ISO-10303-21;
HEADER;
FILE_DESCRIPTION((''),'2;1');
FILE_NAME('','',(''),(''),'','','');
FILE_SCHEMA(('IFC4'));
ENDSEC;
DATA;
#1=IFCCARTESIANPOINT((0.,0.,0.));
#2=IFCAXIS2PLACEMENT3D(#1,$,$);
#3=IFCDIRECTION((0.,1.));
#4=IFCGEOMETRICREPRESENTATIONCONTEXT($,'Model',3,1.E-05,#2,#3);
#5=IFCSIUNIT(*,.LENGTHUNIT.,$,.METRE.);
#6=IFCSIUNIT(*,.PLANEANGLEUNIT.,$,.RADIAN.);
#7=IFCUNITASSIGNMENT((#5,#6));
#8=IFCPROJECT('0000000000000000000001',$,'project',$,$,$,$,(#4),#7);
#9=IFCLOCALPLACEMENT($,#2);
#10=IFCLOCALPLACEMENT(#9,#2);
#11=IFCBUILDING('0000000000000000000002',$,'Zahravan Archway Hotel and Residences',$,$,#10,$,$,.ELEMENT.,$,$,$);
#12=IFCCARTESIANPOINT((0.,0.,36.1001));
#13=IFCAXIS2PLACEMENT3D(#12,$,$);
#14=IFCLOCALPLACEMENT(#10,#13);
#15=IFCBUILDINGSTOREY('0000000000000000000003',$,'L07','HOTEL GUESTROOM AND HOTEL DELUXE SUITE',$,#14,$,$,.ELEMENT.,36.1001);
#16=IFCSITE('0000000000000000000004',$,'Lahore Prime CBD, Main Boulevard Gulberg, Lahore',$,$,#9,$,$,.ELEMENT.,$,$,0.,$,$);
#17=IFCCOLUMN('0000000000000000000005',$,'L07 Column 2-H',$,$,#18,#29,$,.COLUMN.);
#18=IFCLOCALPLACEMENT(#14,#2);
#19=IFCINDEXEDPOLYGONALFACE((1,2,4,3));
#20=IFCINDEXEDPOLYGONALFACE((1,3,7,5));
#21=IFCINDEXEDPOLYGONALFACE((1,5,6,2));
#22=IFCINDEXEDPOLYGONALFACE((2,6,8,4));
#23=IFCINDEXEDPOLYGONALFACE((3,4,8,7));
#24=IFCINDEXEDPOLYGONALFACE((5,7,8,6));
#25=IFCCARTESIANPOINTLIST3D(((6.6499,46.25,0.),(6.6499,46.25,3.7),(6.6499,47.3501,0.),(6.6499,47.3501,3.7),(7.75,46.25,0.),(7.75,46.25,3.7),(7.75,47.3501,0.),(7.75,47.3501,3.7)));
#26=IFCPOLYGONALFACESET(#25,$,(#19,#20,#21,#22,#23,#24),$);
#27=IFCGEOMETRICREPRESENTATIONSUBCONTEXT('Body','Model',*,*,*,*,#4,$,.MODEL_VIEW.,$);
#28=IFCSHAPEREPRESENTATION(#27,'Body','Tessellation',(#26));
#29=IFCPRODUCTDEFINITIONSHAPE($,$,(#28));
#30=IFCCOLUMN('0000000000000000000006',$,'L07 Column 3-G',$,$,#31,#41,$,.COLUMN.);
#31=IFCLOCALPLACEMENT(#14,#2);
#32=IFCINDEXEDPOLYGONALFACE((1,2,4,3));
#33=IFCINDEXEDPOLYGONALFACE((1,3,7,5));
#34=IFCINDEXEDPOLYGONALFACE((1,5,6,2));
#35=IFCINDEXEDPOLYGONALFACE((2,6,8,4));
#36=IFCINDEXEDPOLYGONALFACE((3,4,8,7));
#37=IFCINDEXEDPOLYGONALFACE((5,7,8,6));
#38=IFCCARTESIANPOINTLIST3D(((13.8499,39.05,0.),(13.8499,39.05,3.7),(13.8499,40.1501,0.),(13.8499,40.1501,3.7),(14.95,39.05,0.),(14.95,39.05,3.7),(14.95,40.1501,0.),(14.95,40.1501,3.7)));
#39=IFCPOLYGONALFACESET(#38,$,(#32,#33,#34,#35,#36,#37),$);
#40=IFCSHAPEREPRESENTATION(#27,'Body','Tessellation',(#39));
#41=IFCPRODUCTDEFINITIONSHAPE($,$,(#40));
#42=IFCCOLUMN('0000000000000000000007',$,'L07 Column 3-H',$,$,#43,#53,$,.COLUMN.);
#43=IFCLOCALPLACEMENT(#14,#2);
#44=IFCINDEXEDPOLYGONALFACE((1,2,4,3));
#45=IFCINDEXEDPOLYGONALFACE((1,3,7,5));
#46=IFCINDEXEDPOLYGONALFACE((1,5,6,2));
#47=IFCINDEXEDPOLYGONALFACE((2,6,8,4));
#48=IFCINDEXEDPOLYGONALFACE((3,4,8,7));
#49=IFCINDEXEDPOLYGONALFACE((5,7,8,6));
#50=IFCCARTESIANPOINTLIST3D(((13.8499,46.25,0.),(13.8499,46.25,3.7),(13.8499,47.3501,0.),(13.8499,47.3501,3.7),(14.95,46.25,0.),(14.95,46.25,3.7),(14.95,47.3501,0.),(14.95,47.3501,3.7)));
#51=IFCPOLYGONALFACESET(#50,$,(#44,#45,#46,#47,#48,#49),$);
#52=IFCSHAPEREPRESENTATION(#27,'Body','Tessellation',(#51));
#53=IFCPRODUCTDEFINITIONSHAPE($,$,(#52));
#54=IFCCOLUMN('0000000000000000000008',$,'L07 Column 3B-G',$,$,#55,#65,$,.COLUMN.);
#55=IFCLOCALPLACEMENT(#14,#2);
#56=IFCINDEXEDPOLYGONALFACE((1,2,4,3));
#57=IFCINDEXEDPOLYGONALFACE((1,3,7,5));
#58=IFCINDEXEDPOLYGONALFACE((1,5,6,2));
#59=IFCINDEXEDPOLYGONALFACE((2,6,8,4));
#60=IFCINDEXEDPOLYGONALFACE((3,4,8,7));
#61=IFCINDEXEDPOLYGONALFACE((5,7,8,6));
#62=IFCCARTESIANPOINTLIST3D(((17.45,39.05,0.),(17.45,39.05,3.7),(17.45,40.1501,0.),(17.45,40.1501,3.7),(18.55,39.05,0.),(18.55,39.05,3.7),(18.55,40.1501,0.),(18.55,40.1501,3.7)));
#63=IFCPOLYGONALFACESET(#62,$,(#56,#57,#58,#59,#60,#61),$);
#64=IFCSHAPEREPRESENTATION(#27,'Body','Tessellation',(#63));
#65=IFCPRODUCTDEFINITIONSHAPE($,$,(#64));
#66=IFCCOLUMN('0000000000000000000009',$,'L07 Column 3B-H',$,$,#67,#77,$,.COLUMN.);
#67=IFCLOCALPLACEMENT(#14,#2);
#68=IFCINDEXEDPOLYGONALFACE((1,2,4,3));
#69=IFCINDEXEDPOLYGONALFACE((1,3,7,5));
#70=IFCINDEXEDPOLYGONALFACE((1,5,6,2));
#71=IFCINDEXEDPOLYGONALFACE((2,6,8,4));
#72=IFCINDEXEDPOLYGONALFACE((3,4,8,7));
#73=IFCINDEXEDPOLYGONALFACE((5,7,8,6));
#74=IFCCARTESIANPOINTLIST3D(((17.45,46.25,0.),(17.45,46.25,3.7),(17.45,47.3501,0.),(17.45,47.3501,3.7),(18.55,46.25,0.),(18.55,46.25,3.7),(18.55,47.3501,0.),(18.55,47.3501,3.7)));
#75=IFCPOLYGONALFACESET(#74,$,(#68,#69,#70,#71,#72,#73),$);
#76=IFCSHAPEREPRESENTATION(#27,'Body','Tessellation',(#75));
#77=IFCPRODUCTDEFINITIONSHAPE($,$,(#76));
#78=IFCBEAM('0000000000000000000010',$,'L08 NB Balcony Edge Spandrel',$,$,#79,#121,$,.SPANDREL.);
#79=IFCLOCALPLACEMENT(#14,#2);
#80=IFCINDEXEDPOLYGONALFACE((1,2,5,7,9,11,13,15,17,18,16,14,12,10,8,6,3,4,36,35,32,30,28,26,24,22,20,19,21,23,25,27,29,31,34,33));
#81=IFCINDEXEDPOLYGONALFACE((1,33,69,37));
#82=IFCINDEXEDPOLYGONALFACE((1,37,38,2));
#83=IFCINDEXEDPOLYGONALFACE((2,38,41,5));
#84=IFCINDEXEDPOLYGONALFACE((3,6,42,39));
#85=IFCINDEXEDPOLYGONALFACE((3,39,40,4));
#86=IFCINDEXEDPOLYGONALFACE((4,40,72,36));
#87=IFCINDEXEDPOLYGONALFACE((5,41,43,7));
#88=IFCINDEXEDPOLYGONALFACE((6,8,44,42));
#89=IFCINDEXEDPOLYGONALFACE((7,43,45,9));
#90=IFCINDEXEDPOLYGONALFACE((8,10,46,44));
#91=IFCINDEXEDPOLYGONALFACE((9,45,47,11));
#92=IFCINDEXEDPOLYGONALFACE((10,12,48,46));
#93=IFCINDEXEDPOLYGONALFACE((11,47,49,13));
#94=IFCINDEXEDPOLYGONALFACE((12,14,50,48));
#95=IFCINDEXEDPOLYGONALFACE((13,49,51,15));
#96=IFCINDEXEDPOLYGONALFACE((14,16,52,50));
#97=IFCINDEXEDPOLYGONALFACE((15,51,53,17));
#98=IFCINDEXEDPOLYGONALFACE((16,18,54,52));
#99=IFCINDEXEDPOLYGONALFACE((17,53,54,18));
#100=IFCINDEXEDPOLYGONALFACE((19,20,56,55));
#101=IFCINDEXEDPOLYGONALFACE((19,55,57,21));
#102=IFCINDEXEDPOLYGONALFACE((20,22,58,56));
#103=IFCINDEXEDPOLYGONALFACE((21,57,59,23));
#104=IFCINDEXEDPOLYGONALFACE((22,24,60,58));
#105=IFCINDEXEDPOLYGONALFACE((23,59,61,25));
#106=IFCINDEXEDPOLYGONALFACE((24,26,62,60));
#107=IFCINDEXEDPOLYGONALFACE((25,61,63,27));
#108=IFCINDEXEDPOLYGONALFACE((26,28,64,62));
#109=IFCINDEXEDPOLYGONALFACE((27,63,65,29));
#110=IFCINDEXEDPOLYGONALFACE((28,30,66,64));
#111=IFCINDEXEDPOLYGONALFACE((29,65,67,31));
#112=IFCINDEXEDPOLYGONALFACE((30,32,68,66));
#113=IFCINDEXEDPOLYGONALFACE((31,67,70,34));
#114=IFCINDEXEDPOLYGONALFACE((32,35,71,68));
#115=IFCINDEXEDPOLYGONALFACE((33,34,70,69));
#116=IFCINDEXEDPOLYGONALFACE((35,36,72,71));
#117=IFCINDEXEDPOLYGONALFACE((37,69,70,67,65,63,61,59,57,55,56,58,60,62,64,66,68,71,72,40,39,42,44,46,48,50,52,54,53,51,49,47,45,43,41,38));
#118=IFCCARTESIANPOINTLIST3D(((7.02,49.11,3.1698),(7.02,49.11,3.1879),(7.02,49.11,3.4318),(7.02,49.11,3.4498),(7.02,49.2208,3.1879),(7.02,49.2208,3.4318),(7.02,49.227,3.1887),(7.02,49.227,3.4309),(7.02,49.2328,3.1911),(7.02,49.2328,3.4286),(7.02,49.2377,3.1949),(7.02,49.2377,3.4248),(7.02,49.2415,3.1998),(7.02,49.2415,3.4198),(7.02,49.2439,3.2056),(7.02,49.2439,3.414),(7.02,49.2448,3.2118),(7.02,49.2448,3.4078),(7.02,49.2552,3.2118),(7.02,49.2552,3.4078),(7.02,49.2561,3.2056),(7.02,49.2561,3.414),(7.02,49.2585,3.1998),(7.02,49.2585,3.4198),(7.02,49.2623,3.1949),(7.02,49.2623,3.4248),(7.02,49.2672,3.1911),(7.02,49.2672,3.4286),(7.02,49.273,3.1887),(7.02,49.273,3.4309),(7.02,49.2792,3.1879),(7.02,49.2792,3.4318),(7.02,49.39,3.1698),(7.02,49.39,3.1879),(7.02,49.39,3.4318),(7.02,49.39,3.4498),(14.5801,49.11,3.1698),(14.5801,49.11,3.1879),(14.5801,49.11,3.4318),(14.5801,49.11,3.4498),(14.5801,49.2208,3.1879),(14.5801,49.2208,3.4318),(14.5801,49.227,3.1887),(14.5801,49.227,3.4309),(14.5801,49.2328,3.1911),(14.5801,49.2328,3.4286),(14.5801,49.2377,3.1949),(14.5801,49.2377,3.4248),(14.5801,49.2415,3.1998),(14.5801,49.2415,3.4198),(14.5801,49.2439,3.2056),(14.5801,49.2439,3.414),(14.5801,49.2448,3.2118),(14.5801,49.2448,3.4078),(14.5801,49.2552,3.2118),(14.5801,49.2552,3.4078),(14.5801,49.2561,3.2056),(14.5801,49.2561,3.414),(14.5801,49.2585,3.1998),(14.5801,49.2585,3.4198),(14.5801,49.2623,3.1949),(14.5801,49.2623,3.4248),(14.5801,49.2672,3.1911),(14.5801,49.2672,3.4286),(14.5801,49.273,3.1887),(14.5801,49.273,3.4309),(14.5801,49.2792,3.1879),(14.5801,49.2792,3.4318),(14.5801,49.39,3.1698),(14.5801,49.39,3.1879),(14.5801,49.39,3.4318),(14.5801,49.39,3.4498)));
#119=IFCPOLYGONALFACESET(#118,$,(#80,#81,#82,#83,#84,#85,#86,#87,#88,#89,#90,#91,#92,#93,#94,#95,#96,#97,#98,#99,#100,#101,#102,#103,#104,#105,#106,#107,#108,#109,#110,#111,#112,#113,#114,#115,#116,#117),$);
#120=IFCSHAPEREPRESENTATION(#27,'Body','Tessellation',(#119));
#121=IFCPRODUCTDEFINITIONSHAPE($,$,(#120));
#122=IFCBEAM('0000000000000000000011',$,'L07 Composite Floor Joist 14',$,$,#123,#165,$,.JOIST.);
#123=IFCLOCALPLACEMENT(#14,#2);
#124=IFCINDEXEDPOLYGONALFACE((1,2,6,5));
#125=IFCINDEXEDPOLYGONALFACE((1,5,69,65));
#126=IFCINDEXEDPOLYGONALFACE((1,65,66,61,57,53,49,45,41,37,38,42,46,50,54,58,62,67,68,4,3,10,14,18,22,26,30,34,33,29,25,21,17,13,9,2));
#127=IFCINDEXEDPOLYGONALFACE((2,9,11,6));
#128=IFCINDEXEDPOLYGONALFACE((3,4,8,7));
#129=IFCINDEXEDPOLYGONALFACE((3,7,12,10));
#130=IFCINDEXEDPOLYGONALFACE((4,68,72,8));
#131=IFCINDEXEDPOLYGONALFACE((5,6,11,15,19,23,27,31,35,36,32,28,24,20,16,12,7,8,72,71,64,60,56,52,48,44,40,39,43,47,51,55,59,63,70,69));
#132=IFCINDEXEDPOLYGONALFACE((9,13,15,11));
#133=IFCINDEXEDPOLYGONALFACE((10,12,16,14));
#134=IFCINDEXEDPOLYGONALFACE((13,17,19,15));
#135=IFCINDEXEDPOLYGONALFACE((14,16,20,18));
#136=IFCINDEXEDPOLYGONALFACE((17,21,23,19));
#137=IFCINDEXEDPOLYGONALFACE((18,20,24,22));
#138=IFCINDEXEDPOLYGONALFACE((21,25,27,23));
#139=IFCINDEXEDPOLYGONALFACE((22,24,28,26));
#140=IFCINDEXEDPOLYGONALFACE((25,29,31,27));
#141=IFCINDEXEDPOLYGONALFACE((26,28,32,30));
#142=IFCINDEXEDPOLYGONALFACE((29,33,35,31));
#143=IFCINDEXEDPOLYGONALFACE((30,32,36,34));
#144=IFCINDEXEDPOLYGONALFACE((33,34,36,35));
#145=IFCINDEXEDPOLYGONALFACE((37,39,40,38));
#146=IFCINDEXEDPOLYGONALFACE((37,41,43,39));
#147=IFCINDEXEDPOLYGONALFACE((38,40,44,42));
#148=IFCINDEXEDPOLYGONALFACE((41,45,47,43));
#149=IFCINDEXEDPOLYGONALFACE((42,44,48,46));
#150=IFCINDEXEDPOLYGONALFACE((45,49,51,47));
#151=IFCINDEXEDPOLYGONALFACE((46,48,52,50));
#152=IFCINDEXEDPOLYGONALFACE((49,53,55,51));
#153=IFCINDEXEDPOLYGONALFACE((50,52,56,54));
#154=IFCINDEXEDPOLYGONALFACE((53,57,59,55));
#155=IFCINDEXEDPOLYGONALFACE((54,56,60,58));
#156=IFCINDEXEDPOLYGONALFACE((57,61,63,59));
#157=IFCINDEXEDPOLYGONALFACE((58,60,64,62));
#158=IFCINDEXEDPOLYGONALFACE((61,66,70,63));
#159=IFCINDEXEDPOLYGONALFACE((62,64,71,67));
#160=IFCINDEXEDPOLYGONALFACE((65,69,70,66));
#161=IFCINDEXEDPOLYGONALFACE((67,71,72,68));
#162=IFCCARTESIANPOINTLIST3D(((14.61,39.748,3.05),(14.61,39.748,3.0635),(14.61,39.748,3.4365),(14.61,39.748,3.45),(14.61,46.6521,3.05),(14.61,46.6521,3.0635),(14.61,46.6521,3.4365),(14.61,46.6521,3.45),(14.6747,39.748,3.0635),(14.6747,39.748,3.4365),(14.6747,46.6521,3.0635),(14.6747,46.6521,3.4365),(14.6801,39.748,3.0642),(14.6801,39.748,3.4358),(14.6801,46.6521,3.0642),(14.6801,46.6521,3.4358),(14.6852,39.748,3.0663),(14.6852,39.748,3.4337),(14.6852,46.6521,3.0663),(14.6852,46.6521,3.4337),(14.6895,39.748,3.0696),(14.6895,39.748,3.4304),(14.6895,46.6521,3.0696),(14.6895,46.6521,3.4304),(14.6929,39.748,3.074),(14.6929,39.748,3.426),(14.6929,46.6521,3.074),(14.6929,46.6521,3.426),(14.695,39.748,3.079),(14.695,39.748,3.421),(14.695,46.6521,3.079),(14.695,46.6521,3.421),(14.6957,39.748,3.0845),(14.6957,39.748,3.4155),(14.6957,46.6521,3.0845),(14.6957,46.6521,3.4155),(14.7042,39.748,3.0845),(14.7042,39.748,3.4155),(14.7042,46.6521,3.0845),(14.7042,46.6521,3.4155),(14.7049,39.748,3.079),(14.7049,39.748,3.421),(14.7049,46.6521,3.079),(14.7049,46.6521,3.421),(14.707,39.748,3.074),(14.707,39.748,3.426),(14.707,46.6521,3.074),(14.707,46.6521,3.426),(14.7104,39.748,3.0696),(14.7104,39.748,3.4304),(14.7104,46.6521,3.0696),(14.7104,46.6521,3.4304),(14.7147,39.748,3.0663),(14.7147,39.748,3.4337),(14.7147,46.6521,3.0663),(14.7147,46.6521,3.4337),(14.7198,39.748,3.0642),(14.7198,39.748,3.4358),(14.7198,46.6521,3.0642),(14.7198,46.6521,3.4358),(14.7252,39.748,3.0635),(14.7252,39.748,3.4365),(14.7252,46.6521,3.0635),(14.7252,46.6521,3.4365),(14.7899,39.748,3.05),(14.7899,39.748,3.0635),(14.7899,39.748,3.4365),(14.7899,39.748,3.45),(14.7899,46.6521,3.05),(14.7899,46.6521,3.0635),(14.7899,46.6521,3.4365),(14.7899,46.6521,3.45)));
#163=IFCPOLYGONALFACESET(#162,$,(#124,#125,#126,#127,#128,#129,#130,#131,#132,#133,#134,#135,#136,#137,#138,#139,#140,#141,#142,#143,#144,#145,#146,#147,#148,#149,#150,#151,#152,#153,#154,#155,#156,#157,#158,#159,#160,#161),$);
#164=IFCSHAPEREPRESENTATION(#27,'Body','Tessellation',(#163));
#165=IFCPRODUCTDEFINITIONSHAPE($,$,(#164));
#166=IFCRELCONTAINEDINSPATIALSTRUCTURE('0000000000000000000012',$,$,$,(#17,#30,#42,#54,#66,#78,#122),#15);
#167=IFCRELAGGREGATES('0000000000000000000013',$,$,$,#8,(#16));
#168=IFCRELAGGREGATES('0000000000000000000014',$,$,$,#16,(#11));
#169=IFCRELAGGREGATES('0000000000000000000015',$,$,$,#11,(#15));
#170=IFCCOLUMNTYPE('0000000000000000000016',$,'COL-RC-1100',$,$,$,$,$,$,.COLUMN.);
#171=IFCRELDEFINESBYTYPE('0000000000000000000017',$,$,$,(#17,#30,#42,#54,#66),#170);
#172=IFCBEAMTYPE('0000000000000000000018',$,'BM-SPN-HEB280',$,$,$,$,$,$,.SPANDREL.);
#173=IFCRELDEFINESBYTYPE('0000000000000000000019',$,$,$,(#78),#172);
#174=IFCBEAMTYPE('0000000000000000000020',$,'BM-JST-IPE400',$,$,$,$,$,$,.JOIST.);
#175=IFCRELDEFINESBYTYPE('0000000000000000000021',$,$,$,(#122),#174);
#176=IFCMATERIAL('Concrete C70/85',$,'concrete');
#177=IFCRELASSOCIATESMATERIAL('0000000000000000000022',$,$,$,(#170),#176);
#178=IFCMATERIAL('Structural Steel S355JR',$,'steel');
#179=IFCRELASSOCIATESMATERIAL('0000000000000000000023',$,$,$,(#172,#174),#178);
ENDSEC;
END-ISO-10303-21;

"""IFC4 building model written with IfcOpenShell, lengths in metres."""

from ifc_helpers import new_model, si_unit, direction, frame, origin, origin_2d, place, context, subcontext, project, spatial, rectangle, i_section, extrude, source, transform, mapped, material, material_profile, profile_set, type_object, type_shapes, element, save


model = new_model("IFC4")

# Units and contexts
model_context = context("Model", 3, precision=1e-05, world=origin(), true_north=direction((0.0, 1.0)))
body_context = subcontext(model_context, "Body", "Model", "MODEL_VIEW")
ifc_project = project(units=[si_unit("LENGTHUNIT", "METRE"), si_unit("PLANEANGLEUNIT", "RADIAN")], contexts=[model_context])

# Site, building, storey
site_placement = place(None, origin())
site = spatial("IfcSite", under=ifc_project, at=site_placement, Name="Lahore Prime CBD, Main Boulevard Gulberg, Lahore", CompositionType="ELEMENT", RefElevation=0.0)
building_placement = place(site_placement, origin())
building = spatial("IfcBuilding", under=site, at=building_placement, Name="Zahravan Archway Hotel and Residences", CompositionType="ELEMENT")
storey_placement = place(building_placement, frame((0.0, 0.0, 36.1001)))
storey = spatial("IfcBuildingStorey", under=building, at=storey_placement, Name="L07", Description="HOTEL GUESTROOM AND HOTEL DELUXE SUITE", CompositionType="ELEMENT", Elevation=36.1001)

# Columns
ifc_material_1 = material(Name="Concrete C70/85", Category="concrete")
ifc_material_profile_1 = material_profile(ifc_material_1, rectangle(XDim=1.1001, YDim=1.1001, at=origin_2d()), Name="RC 1100x1100", Category="concrete")
ifc_profile_set_1 = profile_set([ifc_material_profile_1], Name="Concrete C70/85")
column_type = type_object("IfcColumnType", Name="COL-RC-1100", PredefinedType="COLUMN", material=ifc_profile_set_1)
shared_shape_1 = source(origin(), body_context, "Body", "SweptSolid", [
    extrude(rectangle(XDim=1.1001, YDim=1.1001, at=origin_2d()), origin(), (0.0, 0.0, 1.0), 3.7),
])
for number, where, z_axis, x_axis, name in (
    (1, (7.2, 46.8, 0.0), (0.0, 0.0, 1.0), (1.0, 0.0, 0.0), "L07 Column 2-H"),
    (2, (14.3999, 39.6001, 0.0), (0.0, 0.0, 1.0), (1.0, 0.0, 0.0), "L07 Column 3-G"),
    (3, (14.3999, 46.8, 0.0), (0.0, 0.0, 1.0), (1.0, 0.0, 0.0), "L07 Column 3-H"),
    (4, (18.0, 39.6001, 0.0), (0.0, 0.0, 1.0), (1.0, 0.0, 0.0), "L07 Column 3B-G"),
    (5, (18.0, 46.8, 0.0), (0.0, 0.0, 1.0), (1.0, 0.0, 0.0), "L07 Column 3B-H"),
):
    element("IfcColumn", number, at=place(storey_placement, frame(where, z_axis=z_axis, x_axis=x_axis)), inside=storey, type_object=column_type, Name=name, PredefinedType="COLUMN", context=body_context, shape_type="MappedRepresentation", body=[
        mapped(shared_shape_1, transform((0.0, 0.0, 0.0), scale=1.0)),
    ])

# Beams
ifc_material_2 = material(Name="Structural Steel S355JR", Category="steel")
ifc_material_profile_2 = material_profile(ifc_material_2, i_section(OverallWidth=0.28, OverallDepth=0.28, WebThickness=0.0105, FlangeThickness=0.0181, FilletRadius=0.0239, at=origin_2d()), Name="HEB 280", Category="steel")
ifc_profile_set_2 = profile_set([ifc_material_profile_2], Name="Structural Steel S355JR")
beam_type_1 = type_object("IfcBeamType", Name="BM-SPN-HEB280", PredefinedType="SPANDREL", material=ifc_profile_set_2)
shared_shape_2 = source(origin(), body_context, "Body", "SweptSolid", [
    extrude(i_section(OverallWidth=0.28, OverallDepth=0.28, WebThickness=0.0105, FlangeThickness=0.0181, FilletRadius=0.0239, at=origin_2d()), origin(), (0.0, 0.0, 1.0), 7.5601),
])
type_shapes(beam_type_1, [shared_shape_2])
beam_1_placement = place(storey_placement, frame((7.02, 49.25, 3.3098), z_axis=(1.0, 0.0, 0.0), x_axis=(0.0, 1.0, 0.0)))
element("IfcBeam", 6, at=beam_1_placement, inside=storey, type_object=beam_type_1, Name="L08 NB Balcony Edge Spandrel", PredefinedType="SPANDREL", context=body_context, shape_type="MappedRepresentation", body=[
    mapped(shared_shape_2, transform((0.0, 0.0, 0.0), scale=1.0)),
])
ifc_material_profile_3 = material_profile(ifc_material_2, i_section(OverallWidth=0.1799, OverallDepth=0.3999, WebThickness=0.0085, FlangeThickness=0.0134, FilletRadius=0.021, at=origin_2d()), Name="IPE 400", Category="steel")
ifc_profile_set_3 = profile_set([ifc_material_profile_3], Name="Structural Steel S355JR")
beam_type_2 = type_object("IfcBeamType", Name="BM-JST-IPE400", PredefinedType="JOIST", material=ifc_profile_set_3)
shared_shape_3 = source(origin(), body_context, "Body", "SweptSolid", [
    extrude(i_section(OverallWidth=0.1799, OverallDepth=0.3999, WebThickness=0.0085, FlangeThickness=0.0134, FilletRadius=0.021, at=origin_2d()), origin(), (0.0, 0.0, 1.0), 6.9041),
])
type_shapes(beam_type_2, [shared_shape_3])
beam_2_placement = place(storey_placement, frame((14.7, 39.748, 3.25), z_axis=(0.0, 1.0, 0.0), x_axis=(-1.0, 0.0, 0.0)))
element("IfcBeam", 7, at=beam_2_placement, inside=storey, type_object=beam_type_2, Name="L07 Composite Floor Joist 14", PredefinedType="JOIST", context=body_context, shape_type="MappedRepresentation", body=[
    mapped(shared_shape_3, transform((0.0, 0.0, 0.0), scale=1.0)),
])

save(model, "model.ifc")
